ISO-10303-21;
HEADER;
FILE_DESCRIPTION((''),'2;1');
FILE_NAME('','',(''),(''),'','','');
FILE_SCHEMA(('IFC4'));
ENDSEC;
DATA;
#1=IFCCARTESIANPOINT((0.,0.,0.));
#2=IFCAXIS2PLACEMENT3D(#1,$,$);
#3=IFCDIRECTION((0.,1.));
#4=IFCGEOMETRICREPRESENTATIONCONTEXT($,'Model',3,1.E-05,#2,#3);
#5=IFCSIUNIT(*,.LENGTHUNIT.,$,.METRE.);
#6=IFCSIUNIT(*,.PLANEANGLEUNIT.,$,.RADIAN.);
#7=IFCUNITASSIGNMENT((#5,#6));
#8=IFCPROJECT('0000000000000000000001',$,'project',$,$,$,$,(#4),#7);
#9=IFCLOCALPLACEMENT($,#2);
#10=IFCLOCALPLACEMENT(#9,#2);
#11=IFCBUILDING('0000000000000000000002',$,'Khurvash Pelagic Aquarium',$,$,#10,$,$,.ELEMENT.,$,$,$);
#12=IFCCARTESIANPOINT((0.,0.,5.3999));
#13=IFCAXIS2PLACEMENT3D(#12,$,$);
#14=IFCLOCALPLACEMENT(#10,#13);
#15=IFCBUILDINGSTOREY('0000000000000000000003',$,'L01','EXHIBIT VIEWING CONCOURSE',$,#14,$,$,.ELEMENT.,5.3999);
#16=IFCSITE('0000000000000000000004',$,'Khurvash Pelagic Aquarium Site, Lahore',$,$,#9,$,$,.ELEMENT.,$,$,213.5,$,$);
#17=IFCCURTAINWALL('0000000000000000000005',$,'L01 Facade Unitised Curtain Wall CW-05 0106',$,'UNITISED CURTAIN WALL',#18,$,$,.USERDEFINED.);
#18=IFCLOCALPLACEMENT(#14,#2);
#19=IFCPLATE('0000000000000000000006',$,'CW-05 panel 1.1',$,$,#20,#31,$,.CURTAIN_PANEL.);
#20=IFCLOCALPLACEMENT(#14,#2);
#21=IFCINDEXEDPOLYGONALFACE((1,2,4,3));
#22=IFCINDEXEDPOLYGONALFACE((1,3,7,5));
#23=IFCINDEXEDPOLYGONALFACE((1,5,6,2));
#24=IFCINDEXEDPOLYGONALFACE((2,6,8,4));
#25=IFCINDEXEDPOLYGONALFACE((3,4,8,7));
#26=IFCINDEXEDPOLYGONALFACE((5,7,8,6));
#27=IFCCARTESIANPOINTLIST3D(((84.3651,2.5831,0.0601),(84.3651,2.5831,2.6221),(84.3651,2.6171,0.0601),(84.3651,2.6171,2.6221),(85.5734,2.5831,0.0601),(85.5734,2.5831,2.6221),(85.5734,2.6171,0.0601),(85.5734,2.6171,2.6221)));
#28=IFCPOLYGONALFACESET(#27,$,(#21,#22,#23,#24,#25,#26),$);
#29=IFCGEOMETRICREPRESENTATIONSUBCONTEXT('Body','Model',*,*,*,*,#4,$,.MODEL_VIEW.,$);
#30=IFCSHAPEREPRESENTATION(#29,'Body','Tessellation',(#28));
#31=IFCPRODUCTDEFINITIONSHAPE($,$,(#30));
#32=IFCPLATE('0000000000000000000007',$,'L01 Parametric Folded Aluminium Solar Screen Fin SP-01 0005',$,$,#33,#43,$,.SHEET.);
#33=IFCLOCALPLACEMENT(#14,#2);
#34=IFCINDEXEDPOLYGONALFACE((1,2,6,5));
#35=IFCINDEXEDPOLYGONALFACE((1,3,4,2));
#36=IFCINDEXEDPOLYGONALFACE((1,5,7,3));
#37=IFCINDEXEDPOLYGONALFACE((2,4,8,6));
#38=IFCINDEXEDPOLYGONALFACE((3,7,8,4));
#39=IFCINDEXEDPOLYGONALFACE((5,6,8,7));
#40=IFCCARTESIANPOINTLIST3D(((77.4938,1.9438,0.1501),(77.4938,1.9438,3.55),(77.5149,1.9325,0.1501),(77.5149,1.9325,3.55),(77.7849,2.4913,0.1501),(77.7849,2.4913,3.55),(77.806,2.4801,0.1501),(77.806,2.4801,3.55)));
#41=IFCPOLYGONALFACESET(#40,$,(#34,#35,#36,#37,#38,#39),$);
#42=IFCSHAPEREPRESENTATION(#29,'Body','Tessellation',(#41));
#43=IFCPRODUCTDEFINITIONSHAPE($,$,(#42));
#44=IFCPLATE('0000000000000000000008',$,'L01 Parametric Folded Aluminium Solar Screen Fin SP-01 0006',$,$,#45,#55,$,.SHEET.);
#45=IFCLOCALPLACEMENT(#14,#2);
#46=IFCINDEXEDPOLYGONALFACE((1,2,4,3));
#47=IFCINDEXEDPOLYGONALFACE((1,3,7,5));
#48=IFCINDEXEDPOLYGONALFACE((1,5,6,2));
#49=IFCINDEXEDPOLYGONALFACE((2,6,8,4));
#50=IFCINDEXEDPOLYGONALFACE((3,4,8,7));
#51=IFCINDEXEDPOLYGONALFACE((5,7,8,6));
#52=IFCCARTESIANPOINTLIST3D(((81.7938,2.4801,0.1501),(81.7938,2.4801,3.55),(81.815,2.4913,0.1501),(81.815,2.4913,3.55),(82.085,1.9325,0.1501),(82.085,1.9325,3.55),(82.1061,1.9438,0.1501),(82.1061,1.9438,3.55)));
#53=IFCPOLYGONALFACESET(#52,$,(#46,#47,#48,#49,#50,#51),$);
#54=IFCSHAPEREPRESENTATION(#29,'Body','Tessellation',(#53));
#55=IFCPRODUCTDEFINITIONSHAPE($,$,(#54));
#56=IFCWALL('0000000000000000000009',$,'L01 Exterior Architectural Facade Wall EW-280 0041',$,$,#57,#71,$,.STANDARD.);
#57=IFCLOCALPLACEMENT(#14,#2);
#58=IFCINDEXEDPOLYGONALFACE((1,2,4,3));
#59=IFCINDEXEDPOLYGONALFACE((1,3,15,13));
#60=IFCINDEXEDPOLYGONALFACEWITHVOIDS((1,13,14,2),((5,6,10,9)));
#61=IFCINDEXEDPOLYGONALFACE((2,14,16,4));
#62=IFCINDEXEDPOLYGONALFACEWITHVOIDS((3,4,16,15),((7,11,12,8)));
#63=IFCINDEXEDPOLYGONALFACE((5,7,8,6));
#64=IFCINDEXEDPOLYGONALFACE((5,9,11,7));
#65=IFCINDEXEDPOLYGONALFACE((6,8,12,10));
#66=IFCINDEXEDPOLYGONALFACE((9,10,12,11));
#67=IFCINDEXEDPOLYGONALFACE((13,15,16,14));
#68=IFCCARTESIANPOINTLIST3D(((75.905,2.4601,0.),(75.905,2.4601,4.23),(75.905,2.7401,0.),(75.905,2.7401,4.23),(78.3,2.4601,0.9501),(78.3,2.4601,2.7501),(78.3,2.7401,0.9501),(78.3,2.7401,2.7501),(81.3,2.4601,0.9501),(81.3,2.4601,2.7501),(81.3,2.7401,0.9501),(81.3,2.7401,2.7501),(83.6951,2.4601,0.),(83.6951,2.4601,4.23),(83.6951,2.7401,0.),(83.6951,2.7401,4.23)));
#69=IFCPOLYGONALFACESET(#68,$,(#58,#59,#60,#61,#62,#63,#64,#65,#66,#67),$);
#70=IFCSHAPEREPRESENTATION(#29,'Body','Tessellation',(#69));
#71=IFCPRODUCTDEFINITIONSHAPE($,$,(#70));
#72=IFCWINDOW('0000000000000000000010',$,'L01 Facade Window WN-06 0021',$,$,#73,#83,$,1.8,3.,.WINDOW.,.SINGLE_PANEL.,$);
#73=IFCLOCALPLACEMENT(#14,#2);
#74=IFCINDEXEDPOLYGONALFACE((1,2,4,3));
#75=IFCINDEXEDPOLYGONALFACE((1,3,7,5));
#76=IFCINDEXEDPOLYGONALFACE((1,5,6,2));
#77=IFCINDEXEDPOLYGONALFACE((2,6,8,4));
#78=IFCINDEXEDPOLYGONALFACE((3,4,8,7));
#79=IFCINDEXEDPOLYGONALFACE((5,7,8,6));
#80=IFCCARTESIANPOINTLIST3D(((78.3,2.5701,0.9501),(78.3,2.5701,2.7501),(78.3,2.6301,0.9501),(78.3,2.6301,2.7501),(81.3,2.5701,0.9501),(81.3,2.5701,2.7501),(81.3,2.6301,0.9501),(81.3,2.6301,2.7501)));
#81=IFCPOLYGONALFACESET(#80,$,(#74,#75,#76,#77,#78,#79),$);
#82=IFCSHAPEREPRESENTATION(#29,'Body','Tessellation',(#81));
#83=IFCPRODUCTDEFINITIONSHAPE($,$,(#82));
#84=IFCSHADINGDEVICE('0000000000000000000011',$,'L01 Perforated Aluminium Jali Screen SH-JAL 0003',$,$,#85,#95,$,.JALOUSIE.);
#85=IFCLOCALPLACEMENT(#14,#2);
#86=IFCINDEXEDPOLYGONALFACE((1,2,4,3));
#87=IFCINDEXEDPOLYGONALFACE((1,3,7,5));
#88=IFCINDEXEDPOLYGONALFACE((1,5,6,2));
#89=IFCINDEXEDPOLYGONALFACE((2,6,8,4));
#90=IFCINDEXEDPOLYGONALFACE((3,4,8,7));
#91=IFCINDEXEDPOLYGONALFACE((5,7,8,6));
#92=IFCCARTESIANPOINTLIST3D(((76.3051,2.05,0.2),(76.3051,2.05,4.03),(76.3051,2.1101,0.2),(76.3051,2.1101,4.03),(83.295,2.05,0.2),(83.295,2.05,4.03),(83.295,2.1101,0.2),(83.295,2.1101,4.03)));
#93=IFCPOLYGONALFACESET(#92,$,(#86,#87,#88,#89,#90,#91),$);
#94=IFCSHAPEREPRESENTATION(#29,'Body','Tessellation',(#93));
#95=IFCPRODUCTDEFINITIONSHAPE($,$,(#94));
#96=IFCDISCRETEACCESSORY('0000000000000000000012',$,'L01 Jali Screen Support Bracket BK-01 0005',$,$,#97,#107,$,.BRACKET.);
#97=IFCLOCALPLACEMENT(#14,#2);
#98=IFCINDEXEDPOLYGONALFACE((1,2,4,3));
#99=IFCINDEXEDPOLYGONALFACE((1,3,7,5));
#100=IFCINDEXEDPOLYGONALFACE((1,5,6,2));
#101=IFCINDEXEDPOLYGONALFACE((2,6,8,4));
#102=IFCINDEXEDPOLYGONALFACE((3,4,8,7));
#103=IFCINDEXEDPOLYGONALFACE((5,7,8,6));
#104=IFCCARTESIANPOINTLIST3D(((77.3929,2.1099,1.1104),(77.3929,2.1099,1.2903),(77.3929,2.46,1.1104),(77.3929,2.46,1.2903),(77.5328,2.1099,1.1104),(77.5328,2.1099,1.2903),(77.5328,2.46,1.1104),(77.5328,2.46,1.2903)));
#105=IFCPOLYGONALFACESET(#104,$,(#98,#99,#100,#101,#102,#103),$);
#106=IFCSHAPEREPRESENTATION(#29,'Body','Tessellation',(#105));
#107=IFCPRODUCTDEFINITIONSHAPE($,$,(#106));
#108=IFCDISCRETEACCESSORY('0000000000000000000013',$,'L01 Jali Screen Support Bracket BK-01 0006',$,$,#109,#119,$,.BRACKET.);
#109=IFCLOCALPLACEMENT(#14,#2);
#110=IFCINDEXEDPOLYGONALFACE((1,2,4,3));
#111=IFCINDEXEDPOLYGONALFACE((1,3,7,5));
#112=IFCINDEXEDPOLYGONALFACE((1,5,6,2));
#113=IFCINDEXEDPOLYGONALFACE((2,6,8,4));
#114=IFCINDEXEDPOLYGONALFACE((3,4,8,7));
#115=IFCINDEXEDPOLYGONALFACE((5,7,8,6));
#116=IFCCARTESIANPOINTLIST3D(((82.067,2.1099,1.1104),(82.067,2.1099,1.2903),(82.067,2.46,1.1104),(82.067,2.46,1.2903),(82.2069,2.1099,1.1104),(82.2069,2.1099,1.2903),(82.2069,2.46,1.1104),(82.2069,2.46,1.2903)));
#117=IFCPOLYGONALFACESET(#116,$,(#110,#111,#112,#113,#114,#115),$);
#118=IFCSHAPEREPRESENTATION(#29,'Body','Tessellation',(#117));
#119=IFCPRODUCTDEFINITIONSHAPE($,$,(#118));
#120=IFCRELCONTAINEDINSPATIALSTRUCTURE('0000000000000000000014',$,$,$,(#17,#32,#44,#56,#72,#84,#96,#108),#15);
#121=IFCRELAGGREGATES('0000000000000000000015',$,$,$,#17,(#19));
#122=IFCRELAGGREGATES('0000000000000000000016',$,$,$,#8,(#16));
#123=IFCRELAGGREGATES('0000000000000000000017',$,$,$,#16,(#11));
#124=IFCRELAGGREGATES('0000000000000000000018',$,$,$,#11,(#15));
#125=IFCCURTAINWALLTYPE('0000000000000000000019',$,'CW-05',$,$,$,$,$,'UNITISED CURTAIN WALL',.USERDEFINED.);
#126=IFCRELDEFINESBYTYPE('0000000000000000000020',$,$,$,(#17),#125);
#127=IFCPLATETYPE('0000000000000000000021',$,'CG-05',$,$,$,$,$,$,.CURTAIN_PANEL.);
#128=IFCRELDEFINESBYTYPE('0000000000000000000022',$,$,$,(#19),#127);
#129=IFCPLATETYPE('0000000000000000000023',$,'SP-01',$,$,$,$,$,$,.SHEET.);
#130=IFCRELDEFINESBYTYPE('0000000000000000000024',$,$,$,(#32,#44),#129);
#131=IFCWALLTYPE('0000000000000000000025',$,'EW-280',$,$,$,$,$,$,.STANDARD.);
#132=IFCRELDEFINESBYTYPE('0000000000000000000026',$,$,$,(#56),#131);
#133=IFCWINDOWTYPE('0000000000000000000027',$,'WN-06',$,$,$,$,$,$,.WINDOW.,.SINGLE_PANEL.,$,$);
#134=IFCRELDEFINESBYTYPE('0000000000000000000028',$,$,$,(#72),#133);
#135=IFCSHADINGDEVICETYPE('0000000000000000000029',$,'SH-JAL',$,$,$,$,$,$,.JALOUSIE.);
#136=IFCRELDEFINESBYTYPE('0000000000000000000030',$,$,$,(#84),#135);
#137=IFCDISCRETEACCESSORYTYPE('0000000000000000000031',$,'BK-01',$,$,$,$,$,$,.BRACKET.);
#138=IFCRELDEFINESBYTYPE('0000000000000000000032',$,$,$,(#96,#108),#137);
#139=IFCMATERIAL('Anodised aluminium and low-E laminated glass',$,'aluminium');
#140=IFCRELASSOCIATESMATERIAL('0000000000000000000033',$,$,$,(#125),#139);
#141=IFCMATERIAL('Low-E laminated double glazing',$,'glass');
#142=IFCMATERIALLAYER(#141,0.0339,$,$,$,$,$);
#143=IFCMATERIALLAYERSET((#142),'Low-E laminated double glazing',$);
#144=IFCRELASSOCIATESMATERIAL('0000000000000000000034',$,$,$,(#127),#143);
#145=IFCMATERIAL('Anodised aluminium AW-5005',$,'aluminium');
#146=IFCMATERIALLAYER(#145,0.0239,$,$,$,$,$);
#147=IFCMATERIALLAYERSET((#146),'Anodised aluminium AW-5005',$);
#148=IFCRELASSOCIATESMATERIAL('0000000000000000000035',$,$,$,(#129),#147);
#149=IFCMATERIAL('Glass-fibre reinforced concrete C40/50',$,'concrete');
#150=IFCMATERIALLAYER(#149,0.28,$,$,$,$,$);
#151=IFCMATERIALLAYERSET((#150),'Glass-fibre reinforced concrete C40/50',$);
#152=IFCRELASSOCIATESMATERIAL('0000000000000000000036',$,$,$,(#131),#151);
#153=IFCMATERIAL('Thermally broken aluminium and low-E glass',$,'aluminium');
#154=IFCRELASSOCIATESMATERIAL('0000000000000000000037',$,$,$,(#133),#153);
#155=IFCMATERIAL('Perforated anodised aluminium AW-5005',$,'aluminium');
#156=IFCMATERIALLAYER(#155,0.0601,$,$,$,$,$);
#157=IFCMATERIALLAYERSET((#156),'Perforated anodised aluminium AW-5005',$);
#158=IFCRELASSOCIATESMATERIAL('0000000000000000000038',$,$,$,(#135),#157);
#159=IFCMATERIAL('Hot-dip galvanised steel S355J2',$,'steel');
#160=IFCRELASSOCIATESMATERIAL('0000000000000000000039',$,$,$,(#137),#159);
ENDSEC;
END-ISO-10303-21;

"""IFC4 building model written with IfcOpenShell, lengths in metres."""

from ifc_helpers import new_model, si_unit, direction, frame, frame_2d, origin, origin_2d, place, context, subcontext, project, spatial, rectangle, extrude, material, layer, layer_set, type_object, element, fill, aggregate, save


model = new_model("IFC4")

# Units and contexts
model_context = context("Model", 3, precision=1e-05, world=origin(), true_north=direction((0.0, 1.0)))
body_context = subcontext(model_context, "Body", "Model", "MODEL_VIEW")
ifc_project = project(units=[si_unit("LENGTHUNIT", "METRE"), si_unit("PLANEANGLEUNIT", "RADIAN")], contexts=[model_context])

# Site, building, storey
site_placement = place(None, origin())
site = spatial("IfcSite", under=ifc_project, at=site_placement, Name="Khurvash Pelagic Aquarium Site, Lahore", CompositionType="ELEMENT", RefElevation=213.5)
building_placement = place(site_placement, origin())
building = spatial("IfcBuilding", under=site, at=building_placement, Name="Khurvash Pelagic Aquarium", CompositionType="ELEMENT")
storey_placement = place(building_placement, frame((0.0, 0.0, 5.3999)))
storey = spatial("IfcBuildingStorey", under=building, at=storey_placement, Name="L01", Description="EXHIBIT VIEWING CONCOURSE", CompositionType="ELEMENT", Elevation=5.3999)

# Curtain wall
ifc_material_1 = material(Name="Anodised aluminium and low-E laminated glass", Category="aluminium")
curtain_wall_type = type_object("IfcCurtainWallType", Name="CW-05", ElementType="UNITISED CURTAIN WALL", PredefinedType="USERDEFINED", material=ifc_material_1)
curtain_wall_placement = place(storey_placement, origin())
curtain_wall = element("IfcCurtainWall", 1, at=curtain_wall_placement, inside=storey, type_object=curtain_wall_type, Name="L01 Facade Unitised Curtain Wall CW-05 0106", ObjectType="UNITISED CURTAIN WALL", PredefinedType="USERDEFINED")

# Plate
ifc_material_2 = material(Name="Low-E laminated double glazing", Category="glass")
ifc_layer_1 = layer(ifc_material_2, 0.0339)
ifc_layer_set_1 = layer_set([ifc_layer_1], Name="Low-E laminated double glazing")
plate_type_1 = type_object("IfcPlateType", Name="CG-05", PredefinedType="CURTAIN_PANEL", material=ifc_layer_set_1)
plate_placement = place(storey_placement, frame((84.9692, 2.6001, 0.0601), z_axis=(0.0, 0.0, 1.0), x_axis=(1.0, 0.0, 0.0)))
plate = element("IfcPlate", 2, at=plate_placement, type_object=plate_type_1, Name="CW-05 panel 1.1", PredefinedType="CURTAIN_PANEL", context=body_context, shape_type="SweptSolid", body=[
    extrude(rectangle(XDim=1.2083, YDim=0.0339, at=origin_2d()), origin(), (0.0, 0.0, 1.0), 2.562),
])
aggregate(curtain_wall, [plate])

# Plates
ifc_material_3 = material(Name="Anodised aluminium AW-5005", Category="aluminium")
ifc_layer_2 = layer(ifc_material_3, 0.0239)
ifc_layer_set_2 = layer_set([ifc_layer_2], Name="Anodised aluminium AW-5005")
plate_type_2 = type_object("IfcPlateType", Name="SP-01", PredefinedType="SHEET", material=ifc_layer_set_2)
for number, where, z_axis, x_axis, name in (
    (3, (77.6499, 2.2119, 0.1501), (0.0, 0.0, 1.0), (-0.469472, -0.882948, 0.0), "L01 Parametric Folded Aluminium Solar Screen Fin SP-01 0005"),
    (4, (81.95, 2.2119, 0.1501), (0.0, 0.0, 1.0), (0.469472, -0.882948, 0.0), "L01 Parametric Folded Aluminium Solar Screen Fin SP-01 0006"),
):
    element("IfcPlate", number, at=place(storey_placement, frame(where, z_axis=z_axis, x_axis=x_axis)), inside=storey, type_object=plate_type_2, Name=name, PredefinedType="SHEET", context=body_context, shape_type="SweptSolid", body=[
        extrude(rectangle(XDim=0.6201, YDim=0.0239, at=origin_2d()), origin(), (0.0, 0.0, 1.0), 3.3999),
    ])

# Wall, opening, window
ifc_material_4 = material(Name="Glass-fibre reinforced concrete C40/50", Category="concrete")
ifc_layer_3 = layer(ifc_material_4, 0.28)
ifc_layer_set_3 = layer_set([ifc_layer_3], Name="Glass-fibre reinforced concrete C40/50")
wall_type = type_object("IfcWallType", Name="EW-280", PredefinedType="STANDARD", material=ifc_layer_set_3)
wall_placement = place(storey_placement, frame((75.905, 2.6001, 0.0), z_axis=(0.0, 0.0, 1.0), x_axis=(1.0, 0.0, 0.0)))
wall = element("IfcWall", 5, at=wall_placement, inside=storey, type_object=wall_type, Name="L01 Exterior Architectural Facade Wall EW-280 0041", PredefinedType="STANDARD", context=body_context, shape_type="SweptSolid", body=[
    extrude(rectangle(XDim=7.79, YDim=0.28, at=frame_2d((3.895, 0.0))), origin(), (0.0, 0.0, 1.0), 4.23),
])
opening_placement = place(wall_placement, frame((2.395, 0.0, 0.9502)))
opening = element("IfcOpeningElement", 6, at=opening_placement, cuts=wall, PredefinedType="OPENING", context=body_context, shape_type="SweptSolid", body=[
    extrude(rectangle(XDim=3.0, YDim=1.8, at=frame_2d((1.5, 0.8999))), frame((0.0, 0.1499, 0.0), z_axis=(0.0, -1.0, 0.0), x_axis=(1.0, 0.0, 0.0)), (0.0, 0.0, 1.0), 0.3),
])
ifc_material_5 = material(Name="Thermally broken aluminium and low-E glass", Category="aluminium")
window_type = type_object("IfcWindowType", Name="WN-06", PartitioningType="SINGLE_PANEL", PredefinedType="WINDOW", material=ifc_material_5)
window_placement = place(opening_placement, origin())
window = element("IfcWindow", 7, at=window_placement, inside=storey, type_object=window_type, Name="L01 Facade Window WN-06 0021", OverallHeight=1.8, OverallWidth=3.0, PartitioningType="SINGLE_PANEL", PredefinedType="WINDOW", context=body_context, shape_type="SweptSolid", body=[
    extrude(rectangle(XDim=3.0, YDim=1.8, at=frame_2d((1.5, 0.8999))), frame((0.0, 0.03, 0.0), z_axis=(0.0, -1.0, 0.0), x_axis=(1.0, 0.0, 0.0)), (0.0, 0.0, 1.0), 0.0601),
])
fill(opening, window)

# Shading device
ifc_material_6 = material(Name="Perforated anodised aluminium AW-5005", Category="aluminium")
ifc_layer_4 = layer(ifc_material_6, 0.0601)
ifc_layer_set_4 = layer_set([ifc_layer_4], Name="Perforated anodised aluminium AW-5005")
shading_device_type = type_object("IfcShadingDeviceType", Name="SH-JAL", PredefinedType="JALOUSIE", material=ifc_layer_set_4)
shading_device_placement = place(storey_placement, frame((79.8, 2.0801, 0.2), z_axis=(0.0, 0.0, 1.0), x_axis=(1.0, 0.0, 0.0)))
element("IfcShadingDevice", 8, at=shading_device_placement, inside=storey, type_object=shading_device_type, Name="L01 Perforated Aluminium Jali Screen SH-JAL 0003", PredefinedType="JALOUSIE", context=body_context, shape_type="SweptSolid", body=[
    extrude(rectangle(XDim=6.99, YDim=0.0601, at=origin_2d()), origin(), (0.0, 0.0, 1.0), 3.8301),
])

# Discrete accessories
ifc_material_7 = material(Name="Hot-dip galvanised steel S355J2", Category="steel")
discrete_accessory_type = type_object("IfcDiscreteAccessoryType", Name="BK-01", PredefinedType="BRACKET", material=ifc_material_7)
for number, where, z_axis, x_axis, name in (
    (9, (77.4629, 2.2849, 1.1104), (0.0, 0.0, 1.0), (1.0, 0.0, 0.0), "L01 Jali Screen Support Bracket BK-01 0005"),
    (10, (82.137, 2.2849, 1.1104), (0.0, 0.0, 1.0), (1.0, 0.0, 0.0), "L01 Jali Screen Support Bracket BK-01 0006"),
):
    element("IfcDiscreteAccessory", number, at=place(storey_placement, frame(where, z_axis=z_axis, x_axis=x_axis)), inside=storey, type_object=discrete_accessory_type, Name=name, PredefinedType="BRACKET", context=body_context, shape_type="SweptSolid", body=[
        extrude(rectangle(XDim=0.1399, YDim=0.3501, at=origin_2d()), origin(), (0.0, 0.0, 1.0), 0.1799),
    ])

save(model, "model.ifc")
